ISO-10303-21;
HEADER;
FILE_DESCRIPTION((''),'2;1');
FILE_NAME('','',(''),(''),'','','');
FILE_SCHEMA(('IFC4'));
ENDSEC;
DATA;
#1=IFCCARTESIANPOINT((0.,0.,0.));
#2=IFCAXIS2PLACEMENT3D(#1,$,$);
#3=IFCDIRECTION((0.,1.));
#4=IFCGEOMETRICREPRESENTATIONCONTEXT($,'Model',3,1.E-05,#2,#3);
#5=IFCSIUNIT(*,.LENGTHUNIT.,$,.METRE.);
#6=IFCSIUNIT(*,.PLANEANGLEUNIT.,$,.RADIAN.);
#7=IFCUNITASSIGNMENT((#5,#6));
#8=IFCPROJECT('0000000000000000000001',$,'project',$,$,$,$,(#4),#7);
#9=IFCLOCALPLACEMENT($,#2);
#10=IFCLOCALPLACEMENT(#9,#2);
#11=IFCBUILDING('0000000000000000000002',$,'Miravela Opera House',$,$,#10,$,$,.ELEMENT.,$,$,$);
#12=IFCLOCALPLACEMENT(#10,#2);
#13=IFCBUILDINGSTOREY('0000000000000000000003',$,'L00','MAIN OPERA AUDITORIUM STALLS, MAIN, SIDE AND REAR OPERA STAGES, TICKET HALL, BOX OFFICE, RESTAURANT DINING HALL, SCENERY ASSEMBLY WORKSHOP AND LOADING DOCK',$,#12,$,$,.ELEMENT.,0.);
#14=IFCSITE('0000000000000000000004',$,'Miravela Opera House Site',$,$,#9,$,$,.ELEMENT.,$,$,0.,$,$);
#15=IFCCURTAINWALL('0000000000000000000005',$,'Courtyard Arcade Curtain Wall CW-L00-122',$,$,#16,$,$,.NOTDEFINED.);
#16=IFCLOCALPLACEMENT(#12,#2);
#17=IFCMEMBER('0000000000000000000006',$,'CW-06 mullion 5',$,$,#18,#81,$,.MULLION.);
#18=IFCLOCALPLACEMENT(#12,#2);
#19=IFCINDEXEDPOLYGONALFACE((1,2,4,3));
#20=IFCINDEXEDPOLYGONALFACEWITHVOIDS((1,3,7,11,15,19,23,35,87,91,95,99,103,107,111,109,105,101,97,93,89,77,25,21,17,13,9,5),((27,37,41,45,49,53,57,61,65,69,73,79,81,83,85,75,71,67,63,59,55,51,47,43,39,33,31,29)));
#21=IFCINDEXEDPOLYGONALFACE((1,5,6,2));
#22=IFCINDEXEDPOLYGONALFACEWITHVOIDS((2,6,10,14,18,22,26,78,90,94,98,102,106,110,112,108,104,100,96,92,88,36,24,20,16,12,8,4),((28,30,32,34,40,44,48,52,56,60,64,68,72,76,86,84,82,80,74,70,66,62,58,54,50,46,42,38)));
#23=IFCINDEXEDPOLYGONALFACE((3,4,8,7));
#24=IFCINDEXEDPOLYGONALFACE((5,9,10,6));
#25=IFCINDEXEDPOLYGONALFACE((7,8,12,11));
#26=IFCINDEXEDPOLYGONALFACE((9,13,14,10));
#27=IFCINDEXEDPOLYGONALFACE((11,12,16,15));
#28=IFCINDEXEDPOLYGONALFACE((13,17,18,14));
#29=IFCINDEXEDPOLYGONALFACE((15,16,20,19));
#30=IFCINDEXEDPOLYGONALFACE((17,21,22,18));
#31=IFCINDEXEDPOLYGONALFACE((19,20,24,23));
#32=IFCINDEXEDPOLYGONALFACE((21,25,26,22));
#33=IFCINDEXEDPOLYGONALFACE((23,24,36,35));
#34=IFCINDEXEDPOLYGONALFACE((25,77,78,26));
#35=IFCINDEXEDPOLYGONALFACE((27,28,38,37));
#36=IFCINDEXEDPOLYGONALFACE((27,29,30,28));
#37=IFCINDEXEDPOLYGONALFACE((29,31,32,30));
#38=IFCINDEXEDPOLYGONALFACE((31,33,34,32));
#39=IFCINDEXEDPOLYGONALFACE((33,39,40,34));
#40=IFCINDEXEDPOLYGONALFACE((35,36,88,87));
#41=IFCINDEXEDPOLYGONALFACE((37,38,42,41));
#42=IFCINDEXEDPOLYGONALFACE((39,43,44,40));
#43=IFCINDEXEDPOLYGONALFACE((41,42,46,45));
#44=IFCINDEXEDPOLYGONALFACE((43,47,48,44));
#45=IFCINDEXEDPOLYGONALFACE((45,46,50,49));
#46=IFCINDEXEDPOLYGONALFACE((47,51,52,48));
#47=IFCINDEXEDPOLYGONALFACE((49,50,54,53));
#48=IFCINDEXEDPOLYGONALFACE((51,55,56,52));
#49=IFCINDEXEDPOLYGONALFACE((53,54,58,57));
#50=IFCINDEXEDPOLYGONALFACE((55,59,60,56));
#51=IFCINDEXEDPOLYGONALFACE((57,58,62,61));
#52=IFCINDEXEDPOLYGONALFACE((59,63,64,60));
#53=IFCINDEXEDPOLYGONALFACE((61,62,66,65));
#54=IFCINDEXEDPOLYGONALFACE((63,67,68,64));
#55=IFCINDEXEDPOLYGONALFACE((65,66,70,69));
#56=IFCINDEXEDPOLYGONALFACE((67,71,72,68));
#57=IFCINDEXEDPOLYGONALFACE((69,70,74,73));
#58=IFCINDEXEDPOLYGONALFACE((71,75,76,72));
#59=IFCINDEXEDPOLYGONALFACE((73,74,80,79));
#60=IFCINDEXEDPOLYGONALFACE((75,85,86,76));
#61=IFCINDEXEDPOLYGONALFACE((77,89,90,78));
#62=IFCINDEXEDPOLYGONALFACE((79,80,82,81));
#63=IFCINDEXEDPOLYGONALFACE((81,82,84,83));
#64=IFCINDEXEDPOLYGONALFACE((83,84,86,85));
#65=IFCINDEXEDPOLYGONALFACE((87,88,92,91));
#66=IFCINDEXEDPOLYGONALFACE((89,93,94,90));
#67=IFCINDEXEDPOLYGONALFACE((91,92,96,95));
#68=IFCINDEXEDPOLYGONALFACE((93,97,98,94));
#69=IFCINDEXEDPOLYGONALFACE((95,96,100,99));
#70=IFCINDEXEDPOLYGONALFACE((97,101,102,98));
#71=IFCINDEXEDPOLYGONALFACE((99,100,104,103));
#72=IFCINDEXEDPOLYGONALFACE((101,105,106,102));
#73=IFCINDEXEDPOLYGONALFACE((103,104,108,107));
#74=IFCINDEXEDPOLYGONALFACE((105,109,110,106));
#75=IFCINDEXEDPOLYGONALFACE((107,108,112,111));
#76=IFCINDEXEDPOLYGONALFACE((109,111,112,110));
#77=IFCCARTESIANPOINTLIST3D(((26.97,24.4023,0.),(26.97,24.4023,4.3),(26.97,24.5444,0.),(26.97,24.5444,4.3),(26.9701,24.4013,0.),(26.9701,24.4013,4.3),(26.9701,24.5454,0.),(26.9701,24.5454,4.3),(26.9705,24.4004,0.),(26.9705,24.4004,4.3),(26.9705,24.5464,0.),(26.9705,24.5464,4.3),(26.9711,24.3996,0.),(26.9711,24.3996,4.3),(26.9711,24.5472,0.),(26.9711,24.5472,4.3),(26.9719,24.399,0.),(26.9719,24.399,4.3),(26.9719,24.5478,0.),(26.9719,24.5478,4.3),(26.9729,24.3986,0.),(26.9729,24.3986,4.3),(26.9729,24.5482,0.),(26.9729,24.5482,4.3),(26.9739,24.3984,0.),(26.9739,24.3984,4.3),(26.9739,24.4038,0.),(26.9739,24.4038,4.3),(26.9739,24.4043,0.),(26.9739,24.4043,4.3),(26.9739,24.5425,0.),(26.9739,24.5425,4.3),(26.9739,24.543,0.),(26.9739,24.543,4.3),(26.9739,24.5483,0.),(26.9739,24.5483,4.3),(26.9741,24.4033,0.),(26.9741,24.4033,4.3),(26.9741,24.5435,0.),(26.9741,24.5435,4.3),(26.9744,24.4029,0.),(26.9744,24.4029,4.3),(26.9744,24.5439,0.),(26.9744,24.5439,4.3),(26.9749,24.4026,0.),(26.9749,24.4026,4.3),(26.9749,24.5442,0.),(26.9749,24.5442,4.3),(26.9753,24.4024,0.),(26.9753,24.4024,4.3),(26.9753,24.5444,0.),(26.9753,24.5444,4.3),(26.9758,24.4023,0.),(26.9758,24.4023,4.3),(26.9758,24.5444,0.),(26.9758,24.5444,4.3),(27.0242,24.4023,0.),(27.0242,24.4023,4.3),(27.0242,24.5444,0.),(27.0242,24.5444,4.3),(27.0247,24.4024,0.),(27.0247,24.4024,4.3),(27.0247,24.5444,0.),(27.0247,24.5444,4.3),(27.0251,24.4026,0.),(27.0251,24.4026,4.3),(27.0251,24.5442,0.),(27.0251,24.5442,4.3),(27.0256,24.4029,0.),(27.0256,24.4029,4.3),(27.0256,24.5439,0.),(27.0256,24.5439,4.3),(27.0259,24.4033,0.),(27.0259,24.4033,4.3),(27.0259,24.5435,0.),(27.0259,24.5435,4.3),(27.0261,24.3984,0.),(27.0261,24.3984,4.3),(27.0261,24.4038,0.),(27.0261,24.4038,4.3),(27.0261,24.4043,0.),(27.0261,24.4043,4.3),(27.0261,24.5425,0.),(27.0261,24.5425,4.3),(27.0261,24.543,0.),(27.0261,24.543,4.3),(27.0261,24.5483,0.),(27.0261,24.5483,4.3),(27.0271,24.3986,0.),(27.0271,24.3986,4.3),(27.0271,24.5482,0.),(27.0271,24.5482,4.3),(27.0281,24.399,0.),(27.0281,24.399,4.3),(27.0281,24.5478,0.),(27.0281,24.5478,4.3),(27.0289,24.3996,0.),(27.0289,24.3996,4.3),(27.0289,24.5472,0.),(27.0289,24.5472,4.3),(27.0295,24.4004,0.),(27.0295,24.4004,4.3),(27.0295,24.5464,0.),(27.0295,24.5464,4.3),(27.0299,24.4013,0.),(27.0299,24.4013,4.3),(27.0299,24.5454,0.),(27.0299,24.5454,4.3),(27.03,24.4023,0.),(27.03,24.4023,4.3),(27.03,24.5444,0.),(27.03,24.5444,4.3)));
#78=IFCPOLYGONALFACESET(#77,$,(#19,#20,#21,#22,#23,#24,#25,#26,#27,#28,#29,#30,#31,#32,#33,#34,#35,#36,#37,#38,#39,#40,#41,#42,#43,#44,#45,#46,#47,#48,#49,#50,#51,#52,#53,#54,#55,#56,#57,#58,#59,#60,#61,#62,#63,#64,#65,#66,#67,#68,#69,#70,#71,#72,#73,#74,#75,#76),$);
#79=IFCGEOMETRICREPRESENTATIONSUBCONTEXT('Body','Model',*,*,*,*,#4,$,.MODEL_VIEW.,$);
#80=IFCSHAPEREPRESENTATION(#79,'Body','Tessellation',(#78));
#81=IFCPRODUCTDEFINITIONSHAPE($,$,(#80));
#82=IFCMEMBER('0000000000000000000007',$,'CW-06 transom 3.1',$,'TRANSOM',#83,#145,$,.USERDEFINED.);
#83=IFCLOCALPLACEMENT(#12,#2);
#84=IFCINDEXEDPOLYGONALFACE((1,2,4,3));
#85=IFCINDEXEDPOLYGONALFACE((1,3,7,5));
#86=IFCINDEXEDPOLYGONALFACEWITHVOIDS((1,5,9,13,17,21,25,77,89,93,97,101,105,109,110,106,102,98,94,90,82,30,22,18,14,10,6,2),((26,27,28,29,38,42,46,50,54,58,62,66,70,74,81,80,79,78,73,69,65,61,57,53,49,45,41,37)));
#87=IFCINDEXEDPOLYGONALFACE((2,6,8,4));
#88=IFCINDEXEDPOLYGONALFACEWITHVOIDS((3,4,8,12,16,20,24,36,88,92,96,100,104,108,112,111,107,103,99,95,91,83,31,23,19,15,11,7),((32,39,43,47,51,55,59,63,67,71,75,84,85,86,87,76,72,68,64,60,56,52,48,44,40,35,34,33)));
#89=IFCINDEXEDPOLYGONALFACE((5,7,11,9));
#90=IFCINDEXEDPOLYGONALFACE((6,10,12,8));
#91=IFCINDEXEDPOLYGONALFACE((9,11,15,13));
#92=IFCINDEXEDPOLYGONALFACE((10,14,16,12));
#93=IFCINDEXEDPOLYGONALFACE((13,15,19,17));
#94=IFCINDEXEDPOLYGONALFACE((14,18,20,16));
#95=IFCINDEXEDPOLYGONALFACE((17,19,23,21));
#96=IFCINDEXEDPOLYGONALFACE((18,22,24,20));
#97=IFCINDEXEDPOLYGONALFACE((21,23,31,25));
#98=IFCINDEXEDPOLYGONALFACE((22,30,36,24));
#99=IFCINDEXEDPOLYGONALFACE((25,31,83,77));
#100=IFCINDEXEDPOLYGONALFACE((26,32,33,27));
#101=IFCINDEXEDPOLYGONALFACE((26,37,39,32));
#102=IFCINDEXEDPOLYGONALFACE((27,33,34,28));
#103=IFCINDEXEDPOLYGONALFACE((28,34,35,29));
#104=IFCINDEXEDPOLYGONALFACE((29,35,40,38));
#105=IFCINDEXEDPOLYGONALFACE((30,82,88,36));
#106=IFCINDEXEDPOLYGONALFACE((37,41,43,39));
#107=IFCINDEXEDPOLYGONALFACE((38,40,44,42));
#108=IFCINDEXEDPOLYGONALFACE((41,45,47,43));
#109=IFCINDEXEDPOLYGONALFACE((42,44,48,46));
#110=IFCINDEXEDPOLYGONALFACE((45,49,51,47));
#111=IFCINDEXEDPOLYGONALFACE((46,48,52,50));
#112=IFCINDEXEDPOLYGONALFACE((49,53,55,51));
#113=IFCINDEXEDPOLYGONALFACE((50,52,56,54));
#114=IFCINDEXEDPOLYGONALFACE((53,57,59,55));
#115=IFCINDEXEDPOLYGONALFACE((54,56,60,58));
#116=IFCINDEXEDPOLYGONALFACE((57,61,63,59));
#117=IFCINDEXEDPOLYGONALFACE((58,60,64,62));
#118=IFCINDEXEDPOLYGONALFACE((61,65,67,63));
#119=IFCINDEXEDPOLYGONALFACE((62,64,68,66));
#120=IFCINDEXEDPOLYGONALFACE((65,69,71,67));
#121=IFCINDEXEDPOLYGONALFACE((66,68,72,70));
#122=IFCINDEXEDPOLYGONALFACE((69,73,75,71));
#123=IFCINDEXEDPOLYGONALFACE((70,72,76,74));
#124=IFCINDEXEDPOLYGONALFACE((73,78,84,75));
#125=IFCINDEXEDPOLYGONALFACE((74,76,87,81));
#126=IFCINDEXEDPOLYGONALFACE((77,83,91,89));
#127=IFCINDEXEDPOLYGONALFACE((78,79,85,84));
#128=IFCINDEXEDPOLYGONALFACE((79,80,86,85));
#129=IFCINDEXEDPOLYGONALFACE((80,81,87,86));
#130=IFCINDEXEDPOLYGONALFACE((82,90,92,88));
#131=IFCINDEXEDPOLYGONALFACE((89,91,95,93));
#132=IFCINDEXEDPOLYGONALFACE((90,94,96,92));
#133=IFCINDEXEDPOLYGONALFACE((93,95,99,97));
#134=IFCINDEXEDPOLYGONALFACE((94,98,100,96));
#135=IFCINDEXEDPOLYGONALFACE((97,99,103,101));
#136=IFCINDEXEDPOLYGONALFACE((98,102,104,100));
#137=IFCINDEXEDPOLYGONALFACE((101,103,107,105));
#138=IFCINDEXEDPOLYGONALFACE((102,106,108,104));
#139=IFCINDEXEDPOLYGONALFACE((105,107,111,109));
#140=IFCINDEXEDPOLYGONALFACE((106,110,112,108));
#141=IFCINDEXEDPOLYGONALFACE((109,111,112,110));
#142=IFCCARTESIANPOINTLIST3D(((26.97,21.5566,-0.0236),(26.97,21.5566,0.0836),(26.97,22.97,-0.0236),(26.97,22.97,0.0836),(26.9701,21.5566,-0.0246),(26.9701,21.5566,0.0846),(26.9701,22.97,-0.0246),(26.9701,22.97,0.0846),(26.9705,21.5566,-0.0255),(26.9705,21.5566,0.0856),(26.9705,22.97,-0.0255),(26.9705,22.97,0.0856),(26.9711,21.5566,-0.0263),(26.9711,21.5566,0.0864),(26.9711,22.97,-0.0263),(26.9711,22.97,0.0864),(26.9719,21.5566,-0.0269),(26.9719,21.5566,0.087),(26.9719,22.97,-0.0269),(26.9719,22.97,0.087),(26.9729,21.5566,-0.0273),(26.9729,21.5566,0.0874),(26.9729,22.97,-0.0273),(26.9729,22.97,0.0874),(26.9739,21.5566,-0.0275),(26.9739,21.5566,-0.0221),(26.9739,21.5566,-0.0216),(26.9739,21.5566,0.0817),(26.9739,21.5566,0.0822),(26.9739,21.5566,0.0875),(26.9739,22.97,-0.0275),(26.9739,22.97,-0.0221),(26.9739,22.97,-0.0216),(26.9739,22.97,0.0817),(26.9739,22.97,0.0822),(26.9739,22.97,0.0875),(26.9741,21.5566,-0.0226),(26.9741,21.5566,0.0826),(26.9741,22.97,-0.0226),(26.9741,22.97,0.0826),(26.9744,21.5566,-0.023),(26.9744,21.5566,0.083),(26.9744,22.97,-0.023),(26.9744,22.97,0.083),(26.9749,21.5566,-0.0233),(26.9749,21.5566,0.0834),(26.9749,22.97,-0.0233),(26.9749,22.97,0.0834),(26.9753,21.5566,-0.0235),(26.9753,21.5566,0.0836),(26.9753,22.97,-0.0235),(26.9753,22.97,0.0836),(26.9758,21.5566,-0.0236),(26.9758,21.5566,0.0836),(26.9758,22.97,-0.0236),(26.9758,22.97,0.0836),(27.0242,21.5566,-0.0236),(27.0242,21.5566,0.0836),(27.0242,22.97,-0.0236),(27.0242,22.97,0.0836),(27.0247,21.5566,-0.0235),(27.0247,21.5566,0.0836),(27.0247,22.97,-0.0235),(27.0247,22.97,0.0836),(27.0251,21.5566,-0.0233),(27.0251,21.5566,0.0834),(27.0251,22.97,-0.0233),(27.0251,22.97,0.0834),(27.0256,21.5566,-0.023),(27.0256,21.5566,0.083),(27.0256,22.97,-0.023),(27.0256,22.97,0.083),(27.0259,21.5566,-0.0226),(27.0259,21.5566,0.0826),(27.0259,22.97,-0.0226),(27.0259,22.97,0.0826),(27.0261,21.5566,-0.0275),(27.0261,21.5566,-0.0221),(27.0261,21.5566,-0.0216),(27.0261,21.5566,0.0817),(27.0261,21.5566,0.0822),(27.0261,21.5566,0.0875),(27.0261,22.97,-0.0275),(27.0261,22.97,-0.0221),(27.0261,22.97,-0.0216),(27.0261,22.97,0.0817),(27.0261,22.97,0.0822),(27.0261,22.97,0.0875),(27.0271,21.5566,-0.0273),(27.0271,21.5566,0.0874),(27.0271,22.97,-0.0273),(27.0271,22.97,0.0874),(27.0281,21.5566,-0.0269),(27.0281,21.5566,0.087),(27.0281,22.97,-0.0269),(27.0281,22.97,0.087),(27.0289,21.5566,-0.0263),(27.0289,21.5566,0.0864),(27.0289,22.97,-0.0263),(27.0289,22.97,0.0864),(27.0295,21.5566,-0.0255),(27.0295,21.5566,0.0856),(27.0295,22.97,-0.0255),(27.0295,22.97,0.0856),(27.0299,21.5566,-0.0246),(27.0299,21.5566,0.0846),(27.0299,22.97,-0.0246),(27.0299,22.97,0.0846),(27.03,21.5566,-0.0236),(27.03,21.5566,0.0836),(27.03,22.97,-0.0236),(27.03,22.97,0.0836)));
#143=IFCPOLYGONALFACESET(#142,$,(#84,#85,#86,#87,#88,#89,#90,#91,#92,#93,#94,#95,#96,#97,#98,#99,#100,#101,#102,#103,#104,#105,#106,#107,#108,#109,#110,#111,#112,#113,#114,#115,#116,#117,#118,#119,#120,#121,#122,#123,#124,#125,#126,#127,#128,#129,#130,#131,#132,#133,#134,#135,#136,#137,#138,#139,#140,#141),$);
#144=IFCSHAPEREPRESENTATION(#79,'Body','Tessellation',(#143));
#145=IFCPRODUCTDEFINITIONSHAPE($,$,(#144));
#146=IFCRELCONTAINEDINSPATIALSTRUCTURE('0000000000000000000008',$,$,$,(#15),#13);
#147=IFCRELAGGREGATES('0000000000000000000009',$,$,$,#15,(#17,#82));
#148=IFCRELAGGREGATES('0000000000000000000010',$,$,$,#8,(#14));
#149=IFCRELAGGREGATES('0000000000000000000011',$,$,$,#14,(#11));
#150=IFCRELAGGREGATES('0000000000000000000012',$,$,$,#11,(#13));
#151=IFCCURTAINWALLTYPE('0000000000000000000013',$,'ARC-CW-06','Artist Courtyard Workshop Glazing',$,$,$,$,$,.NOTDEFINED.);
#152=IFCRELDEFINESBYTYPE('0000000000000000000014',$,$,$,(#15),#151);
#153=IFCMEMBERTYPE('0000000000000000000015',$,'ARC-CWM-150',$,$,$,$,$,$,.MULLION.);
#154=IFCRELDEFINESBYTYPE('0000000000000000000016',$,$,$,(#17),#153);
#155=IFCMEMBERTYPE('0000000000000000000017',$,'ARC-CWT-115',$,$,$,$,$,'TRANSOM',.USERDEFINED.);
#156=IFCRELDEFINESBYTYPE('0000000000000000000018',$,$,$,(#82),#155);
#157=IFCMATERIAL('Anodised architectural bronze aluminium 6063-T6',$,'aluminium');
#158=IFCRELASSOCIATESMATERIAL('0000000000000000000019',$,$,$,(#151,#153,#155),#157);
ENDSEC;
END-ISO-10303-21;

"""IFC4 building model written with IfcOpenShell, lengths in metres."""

from ifc_helpers import new_model, si_unit, direction, frame, origin, origin_2d, place, context, subcontext, project, spatial, hollow_rectangle, extrude, material, material_profile, profile_set, type_object, element, aggregate, save


model = new_model("IFC4")

# Units and contexts
model_context = context("Model", 3, precision=1e-05, world=origin(), true_north=direction((0.0, 1.0)))
body_context = subcontext(model_context, "Body", "Model", "MODEL_VIEW")
ifc_project = project(units=[si_unit("LENGTHUNIT", "METRE"), si_unit("PLANEANGLEUNIT", "RADIAN")], contexts=[model_context])

# Site, building, storey
site_placement = place(None, origin())
site = spatial("IfcSite", under=ifc_project, at=site_placement, Name="Miravela Opera House Site", CompositionType="ELEMENT", RefElevation=0.0)
building_placement = place(site_placement, origin())
building = spatial("IfcBuilding", under=site, at=building_placement, Name="Miravela Opera House", CompositionType="ELEMENT")
storey_placement = place(building_placement, origin())
storey = spatial("IfcBuildingStorey", under=building, at=storey_placement, Name="L00", Description="MAIN OPERA AUDITORIUM STALLS, MAIN, SIDE AND REAR OPERA STAGES, TICKET HALL, BOX OFFICE, RESTAURANT DINING HALL, SCENERY ASSEMBLY WORKSHOP AND LOADING DOCK", CompositionType="ELEMENT", Elevation=0.0)

# Curtain wall, members
ifc_material_1 = material(Name="Anodised architectural bronze aluminium 6063-T6", Category="aluminium")
curtain_wall_type = type_object("IfcCurtainWallType", Name="ARC-CW-06", Description="Artist Courtyard Workshop Glazing", PredefinedType="NOTDEFINED", material=ifc_material_1)
curtain_wall_placement = place(storey_placement, origin())
curtain_wall = element("IfcCurtainWall", 1, at=curtain_wall_placement, inside=storey, type_object=curtain_wall_type, Name="Courtyard Arcade Curtain Wall CW-L00-122", PredefinedType="NOTDEFINED")
ifc_material_profile_1 = material_profile(ifc_material_1, hollow_rectangle(XDim=0.0601, YDim=0.1499, WallThickness=0.0039, InnerFilletRadius=0.002, OuterFilletRadius=0.0039, at=origin_2d()), Name="CWM-60X150")
ifc_profile_set_1 = profile_set([ifc_material_profile_1])
member_type_1 = type_object("IfcMemberType", Name="ARC-CWM-150", PredefinedType="MULLION", material=ifc_profile_set_1)
member_1_placement = place(storey_placement, frame((27.0, 24.4734, 0.0), z_axis=(0.0, 0.0, 1.0), x_axis=(-1.0, 0.0, 0.0)))
member_1 = element("IfcMember", 2, at=member_1_placement, type_object=member_type_1, Name="CW-06 mullion 5", PredefinedType="MULLION", context=body_context, shape_type="SweptSolid", body=[
    extrude(hollow_rectangle(XDim=0.0601, YDim=0.1499, WallThickness=0.0039, InnerFilletRadius=0.002, OuterFilletRadius=0.0039, at=origin_2d()), origin(), (0.0, 0.0, 1.0), 4.3),
])
ifc_material_profile_2 = material_profile(ifc_material_1, hollow_rectangle(XDim=0.0601, YDim=0.115, WallThickness=0.0039, InnerFilletRadius=0.002, OuterFilletRadius=0.0039, at=origin_2d()), Name="CWT-60X115")
ifc_profile_set_2 = profile_set([ifc_material_profile_2])
member_type_2 = type_object("IfcMemberType", Name="ARC-CWT-115", ElementType="TRANSOM", PredefinedType="USERDEFINED", material=ifc_profile_set_2)
member_2_placement = place(storey_placement, frame((27.0, 21.5566, 0.03), z_axis=(0.0, 1.0, 0.0), x_axis=(-1.0, 0.0, 0.0)))
member_2 = element("IfcMember", 3, at=member_2_placement, type_object=member_type_2, Name="CW-06 transom 3.1", ObjectType="TRANSOM", PredefinedType="USERDEFINED", context=body_context, shape_type="SweptSolid", body=[
    extrude(hollow_rectangle(XDim=0.0601, YDim=0.115, WallThickness=0.0039, InnerFilletRadius=0.002, OuterFilletRadius=0.0039, at=origin_2d()), origin(), (0.0, 0.0, 1.0), 1.4133),
])
aggregate(curtain_wall, [member_1, member_2])

save(model, "model.ifc")
